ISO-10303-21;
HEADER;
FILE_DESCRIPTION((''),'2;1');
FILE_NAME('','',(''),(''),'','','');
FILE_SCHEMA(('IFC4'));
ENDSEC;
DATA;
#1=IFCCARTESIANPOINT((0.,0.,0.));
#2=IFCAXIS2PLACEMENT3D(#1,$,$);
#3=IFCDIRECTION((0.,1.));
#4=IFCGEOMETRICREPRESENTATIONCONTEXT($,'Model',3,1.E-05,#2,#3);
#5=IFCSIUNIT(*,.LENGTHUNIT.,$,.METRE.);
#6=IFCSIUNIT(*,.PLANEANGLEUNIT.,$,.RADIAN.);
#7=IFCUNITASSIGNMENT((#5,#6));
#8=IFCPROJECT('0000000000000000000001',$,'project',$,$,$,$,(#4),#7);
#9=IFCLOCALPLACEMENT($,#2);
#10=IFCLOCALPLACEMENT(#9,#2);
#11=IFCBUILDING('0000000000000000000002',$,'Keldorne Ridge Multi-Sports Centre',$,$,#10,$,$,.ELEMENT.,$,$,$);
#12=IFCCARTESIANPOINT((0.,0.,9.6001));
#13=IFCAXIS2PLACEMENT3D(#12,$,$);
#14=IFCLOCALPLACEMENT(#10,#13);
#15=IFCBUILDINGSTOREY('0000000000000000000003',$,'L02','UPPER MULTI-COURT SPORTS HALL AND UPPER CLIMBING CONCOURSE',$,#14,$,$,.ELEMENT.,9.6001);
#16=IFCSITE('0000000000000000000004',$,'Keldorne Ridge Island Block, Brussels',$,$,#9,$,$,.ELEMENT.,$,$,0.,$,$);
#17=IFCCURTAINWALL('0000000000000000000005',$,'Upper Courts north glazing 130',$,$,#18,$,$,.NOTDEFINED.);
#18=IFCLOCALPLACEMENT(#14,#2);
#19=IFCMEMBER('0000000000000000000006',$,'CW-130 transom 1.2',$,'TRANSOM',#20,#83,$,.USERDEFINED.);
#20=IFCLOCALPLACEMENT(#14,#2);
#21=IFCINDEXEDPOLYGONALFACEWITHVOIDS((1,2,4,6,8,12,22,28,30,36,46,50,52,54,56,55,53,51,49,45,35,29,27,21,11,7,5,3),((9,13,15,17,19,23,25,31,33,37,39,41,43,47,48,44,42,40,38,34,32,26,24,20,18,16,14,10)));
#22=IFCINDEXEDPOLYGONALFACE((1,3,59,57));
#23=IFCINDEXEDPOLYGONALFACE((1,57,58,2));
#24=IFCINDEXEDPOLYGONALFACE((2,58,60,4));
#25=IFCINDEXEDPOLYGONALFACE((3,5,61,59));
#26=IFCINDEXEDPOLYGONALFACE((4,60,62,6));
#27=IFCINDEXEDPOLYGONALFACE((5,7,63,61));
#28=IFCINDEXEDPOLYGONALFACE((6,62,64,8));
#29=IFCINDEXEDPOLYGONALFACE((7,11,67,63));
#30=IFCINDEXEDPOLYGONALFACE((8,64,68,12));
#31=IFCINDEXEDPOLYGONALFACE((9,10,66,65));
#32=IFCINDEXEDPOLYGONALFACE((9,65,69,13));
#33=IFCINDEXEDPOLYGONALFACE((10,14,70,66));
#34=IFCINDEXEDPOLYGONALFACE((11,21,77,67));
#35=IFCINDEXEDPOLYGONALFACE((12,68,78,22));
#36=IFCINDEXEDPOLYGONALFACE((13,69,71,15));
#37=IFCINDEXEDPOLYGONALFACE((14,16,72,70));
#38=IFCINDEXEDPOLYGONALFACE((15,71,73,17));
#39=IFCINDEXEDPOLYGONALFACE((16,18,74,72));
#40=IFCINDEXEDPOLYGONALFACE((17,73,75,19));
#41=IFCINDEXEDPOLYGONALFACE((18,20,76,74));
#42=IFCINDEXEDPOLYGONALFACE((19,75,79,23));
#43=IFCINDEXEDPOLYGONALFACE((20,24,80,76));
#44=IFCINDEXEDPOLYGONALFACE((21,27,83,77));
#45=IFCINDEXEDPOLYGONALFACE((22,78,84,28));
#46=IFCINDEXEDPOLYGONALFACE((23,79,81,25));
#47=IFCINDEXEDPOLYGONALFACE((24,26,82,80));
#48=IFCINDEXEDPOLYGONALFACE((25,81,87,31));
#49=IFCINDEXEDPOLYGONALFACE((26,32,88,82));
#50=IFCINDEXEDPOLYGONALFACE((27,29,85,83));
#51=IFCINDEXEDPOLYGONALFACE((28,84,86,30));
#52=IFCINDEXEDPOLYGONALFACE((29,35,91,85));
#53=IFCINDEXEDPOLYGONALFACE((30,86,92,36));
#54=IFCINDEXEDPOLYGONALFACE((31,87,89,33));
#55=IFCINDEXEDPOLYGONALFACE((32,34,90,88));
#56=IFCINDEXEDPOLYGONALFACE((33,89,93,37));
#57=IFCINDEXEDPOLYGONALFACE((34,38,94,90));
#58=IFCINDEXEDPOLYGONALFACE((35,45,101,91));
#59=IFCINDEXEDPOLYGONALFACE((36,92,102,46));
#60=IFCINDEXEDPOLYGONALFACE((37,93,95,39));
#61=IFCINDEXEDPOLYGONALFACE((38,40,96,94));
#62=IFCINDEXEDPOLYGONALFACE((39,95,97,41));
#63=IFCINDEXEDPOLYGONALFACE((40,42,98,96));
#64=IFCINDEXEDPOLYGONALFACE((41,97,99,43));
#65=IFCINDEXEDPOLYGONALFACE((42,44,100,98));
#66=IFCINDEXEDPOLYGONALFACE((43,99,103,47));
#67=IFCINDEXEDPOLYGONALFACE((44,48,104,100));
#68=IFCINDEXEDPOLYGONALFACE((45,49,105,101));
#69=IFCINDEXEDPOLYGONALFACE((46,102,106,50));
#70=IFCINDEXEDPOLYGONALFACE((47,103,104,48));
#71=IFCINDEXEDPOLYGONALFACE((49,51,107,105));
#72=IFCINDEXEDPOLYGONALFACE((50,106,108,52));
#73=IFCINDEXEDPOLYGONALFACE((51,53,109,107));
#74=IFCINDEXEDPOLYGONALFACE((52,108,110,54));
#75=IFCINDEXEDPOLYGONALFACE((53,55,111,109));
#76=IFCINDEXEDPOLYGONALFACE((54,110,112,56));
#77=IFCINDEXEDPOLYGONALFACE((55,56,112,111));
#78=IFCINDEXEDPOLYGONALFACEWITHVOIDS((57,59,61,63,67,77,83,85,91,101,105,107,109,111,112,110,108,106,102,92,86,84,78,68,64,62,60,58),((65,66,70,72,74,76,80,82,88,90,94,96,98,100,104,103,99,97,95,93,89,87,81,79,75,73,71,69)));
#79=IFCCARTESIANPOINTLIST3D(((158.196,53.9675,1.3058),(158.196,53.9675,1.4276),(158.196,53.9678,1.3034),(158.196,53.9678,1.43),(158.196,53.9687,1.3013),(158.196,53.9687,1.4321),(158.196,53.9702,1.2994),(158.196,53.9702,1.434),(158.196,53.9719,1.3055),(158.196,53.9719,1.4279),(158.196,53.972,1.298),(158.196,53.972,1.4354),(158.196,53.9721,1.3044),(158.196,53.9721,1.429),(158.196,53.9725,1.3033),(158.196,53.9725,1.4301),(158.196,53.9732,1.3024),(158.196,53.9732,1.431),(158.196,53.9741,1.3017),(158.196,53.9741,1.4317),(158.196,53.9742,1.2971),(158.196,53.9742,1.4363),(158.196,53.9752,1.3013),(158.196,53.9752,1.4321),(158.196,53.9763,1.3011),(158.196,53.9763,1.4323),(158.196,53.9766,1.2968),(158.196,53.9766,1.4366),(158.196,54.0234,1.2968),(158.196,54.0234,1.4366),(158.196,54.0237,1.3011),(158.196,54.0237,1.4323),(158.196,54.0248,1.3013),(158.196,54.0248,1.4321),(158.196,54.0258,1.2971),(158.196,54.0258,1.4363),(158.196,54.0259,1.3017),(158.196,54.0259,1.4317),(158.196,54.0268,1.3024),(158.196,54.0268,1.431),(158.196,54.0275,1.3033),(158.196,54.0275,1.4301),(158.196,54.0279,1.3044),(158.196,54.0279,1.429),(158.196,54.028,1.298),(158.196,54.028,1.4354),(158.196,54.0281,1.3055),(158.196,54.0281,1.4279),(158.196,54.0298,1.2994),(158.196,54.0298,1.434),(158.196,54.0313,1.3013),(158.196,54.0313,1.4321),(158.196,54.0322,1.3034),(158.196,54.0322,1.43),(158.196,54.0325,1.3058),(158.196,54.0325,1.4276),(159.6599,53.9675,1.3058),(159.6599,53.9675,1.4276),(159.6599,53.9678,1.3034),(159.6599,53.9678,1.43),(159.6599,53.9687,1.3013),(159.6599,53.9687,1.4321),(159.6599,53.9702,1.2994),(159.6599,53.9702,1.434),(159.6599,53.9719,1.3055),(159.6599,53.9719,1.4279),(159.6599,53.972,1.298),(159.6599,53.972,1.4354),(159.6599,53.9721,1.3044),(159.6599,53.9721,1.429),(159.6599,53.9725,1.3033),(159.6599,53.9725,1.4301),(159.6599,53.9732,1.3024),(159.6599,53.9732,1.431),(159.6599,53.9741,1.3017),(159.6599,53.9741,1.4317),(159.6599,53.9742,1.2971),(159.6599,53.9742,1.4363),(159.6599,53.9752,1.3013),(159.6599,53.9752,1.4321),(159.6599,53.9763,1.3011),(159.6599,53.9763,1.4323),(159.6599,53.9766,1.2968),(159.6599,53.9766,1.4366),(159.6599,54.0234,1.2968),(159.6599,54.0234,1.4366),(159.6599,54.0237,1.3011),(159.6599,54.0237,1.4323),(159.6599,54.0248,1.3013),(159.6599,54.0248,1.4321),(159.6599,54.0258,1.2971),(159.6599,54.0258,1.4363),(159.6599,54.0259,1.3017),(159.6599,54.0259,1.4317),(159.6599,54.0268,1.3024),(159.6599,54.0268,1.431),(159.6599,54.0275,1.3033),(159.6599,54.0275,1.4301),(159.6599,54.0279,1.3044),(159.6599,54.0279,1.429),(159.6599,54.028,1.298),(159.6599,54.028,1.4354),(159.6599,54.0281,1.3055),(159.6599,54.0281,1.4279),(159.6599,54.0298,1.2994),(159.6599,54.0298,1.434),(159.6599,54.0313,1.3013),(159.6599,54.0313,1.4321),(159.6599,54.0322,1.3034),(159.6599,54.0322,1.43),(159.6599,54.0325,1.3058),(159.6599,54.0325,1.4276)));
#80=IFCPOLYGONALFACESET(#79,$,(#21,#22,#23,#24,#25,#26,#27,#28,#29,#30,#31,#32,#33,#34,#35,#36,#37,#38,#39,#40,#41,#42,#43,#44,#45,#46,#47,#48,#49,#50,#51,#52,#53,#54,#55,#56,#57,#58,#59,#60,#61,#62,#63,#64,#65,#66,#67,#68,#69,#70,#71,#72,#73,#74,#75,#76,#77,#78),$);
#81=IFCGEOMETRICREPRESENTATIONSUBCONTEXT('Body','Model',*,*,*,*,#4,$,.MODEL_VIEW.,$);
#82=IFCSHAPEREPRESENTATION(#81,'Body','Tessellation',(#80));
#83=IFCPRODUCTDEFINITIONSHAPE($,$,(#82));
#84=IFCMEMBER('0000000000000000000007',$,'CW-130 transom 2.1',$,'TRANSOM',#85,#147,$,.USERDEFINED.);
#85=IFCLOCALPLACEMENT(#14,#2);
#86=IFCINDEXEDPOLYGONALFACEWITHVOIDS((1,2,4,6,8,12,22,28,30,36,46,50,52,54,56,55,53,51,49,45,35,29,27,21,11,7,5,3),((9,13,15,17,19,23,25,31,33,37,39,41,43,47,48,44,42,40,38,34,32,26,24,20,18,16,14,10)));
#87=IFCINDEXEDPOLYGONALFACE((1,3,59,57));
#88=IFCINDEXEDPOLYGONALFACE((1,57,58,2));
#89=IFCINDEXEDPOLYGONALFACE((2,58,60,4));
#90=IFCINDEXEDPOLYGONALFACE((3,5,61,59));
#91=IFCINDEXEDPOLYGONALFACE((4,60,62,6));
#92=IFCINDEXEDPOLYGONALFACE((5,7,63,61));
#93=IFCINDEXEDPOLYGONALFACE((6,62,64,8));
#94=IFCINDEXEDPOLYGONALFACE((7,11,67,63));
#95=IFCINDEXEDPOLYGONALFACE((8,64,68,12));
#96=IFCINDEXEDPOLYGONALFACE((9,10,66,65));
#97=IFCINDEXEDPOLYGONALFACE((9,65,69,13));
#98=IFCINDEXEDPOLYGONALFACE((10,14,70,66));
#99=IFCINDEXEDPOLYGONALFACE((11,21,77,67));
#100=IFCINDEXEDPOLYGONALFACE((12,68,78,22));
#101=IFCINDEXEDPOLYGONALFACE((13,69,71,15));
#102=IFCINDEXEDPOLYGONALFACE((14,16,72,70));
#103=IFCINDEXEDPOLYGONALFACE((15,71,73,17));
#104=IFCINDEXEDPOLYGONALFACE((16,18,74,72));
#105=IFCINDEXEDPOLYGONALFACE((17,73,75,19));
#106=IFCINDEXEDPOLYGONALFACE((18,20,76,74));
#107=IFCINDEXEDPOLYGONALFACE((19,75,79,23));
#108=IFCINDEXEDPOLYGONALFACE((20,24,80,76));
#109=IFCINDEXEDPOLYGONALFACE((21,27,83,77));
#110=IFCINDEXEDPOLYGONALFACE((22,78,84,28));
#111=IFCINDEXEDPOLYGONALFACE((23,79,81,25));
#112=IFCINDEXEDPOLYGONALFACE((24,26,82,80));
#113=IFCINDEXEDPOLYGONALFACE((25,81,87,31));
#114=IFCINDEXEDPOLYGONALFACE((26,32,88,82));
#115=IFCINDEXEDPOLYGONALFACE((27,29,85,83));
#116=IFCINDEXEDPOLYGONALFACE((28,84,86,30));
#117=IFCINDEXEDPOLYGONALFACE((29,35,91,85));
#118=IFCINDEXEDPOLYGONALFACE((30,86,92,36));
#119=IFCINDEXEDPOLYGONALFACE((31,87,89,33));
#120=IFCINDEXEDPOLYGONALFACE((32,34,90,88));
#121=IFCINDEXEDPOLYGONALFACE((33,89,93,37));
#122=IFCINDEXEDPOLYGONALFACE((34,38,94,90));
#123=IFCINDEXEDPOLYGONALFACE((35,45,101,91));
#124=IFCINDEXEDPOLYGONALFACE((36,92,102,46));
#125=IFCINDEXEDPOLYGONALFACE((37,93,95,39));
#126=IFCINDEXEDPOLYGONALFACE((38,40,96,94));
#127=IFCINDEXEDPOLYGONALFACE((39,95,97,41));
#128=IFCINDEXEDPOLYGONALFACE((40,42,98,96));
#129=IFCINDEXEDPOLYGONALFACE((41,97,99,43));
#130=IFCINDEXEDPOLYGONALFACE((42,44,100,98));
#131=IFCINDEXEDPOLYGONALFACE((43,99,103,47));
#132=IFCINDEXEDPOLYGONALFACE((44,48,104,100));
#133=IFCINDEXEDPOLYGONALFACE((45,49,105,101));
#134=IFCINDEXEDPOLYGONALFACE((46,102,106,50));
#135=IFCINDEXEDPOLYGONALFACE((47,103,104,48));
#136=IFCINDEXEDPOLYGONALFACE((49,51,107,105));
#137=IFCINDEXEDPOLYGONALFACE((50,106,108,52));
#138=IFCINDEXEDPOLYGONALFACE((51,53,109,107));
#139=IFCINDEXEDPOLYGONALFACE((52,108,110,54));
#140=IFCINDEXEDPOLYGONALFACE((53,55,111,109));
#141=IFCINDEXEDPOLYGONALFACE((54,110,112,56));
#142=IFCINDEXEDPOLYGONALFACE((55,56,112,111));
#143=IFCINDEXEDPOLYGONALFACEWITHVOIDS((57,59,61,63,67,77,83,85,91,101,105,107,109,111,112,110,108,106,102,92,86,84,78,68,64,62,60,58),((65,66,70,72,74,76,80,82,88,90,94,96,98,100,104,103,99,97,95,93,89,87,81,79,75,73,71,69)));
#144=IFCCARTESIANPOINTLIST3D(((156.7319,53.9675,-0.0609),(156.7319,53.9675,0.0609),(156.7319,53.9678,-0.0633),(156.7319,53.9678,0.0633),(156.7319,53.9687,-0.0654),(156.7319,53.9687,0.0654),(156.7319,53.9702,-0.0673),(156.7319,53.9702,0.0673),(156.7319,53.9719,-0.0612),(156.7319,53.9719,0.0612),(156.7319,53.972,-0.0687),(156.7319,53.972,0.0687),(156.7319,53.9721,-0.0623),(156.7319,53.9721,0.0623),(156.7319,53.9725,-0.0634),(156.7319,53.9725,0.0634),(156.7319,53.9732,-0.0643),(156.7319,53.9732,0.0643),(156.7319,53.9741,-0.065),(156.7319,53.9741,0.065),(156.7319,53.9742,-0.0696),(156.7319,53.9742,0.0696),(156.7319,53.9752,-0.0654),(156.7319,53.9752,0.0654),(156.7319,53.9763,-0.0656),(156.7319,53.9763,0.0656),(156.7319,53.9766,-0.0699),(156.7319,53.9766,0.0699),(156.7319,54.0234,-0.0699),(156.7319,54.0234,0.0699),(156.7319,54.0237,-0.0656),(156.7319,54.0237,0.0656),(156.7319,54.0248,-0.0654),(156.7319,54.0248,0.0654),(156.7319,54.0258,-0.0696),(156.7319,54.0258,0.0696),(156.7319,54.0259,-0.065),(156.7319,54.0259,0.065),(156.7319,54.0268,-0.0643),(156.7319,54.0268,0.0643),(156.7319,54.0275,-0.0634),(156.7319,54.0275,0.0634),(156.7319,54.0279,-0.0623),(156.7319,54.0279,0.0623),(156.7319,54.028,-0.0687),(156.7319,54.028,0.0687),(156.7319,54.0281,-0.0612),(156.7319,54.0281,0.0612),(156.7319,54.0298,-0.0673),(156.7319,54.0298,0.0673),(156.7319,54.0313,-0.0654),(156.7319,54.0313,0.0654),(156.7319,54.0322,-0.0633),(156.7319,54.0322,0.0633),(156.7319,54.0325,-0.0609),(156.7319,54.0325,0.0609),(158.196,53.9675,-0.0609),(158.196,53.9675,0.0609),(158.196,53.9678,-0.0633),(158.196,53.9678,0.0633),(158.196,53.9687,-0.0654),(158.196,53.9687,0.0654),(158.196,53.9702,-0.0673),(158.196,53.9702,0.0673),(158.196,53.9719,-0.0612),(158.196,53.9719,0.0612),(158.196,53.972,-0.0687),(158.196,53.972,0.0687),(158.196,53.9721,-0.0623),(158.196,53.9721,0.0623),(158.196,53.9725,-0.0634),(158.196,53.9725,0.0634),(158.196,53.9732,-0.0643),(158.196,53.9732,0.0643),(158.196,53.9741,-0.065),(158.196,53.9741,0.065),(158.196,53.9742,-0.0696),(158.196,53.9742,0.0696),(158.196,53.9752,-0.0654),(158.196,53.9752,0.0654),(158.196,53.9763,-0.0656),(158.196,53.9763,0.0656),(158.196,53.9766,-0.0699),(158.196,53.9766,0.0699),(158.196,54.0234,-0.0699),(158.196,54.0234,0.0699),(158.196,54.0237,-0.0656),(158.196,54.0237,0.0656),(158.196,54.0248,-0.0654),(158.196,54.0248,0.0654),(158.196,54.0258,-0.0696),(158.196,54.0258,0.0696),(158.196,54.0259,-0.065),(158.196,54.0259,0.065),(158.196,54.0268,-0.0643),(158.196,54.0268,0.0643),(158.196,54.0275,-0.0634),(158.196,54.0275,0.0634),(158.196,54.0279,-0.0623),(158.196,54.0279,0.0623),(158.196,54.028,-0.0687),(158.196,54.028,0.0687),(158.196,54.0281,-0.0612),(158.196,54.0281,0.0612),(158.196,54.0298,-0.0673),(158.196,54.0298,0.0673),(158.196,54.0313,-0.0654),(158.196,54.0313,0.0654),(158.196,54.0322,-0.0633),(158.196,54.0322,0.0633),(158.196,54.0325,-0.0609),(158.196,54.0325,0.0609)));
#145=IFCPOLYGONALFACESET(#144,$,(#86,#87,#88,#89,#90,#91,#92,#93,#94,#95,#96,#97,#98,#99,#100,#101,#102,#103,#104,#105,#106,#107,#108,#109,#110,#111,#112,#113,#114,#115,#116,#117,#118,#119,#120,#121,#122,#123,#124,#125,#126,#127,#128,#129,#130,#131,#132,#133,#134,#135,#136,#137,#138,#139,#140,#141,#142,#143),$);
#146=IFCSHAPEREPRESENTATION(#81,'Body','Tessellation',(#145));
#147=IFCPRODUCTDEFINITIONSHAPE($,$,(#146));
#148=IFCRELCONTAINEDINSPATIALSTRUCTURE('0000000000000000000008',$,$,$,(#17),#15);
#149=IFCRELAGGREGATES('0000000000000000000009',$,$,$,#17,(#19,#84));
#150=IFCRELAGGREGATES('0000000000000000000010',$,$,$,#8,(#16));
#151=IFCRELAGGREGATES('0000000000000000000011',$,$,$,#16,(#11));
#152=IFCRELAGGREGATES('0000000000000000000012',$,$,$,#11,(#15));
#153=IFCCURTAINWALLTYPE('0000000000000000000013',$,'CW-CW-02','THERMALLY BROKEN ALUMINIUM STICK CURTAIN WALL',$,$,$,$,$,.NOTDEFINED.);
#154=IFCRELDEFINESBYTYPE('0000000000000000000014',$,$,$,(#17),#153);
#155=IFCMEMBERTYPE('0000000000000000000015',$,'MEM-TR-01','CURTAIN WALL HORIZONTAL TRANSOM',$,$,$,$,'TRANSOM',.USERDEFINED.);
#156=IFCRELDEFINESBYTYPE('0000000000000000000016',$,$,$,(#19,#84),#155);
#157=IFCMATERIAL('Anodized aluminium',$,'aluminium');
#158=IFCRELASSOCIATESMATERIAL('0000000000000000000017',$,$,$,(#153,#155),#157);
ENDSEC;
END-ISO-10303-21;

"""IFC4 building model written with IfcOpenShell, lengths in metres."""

from ifc_helpers import new_model, si_unit, direction, frame, origin, origin_2d, place, context, subcontext, project, spatial, hollow_rectangle, extrude, material, material_profile, profile_set, type_object, element, aggregate, save


model = new_model("IFC4")

# Units and contexts
model_context = context("Model", 3, precision=1e-05, world=origin(), true_north=direction((0.0, 1.0)))
body_context = subcontext(model_context, "Body", "Model", "MODEL_VIEW")
ifc_project = project(units=[si_unit("LENGTHUNIT", "METRE"), si_unit("PLANEANGLEUNIT", "RADIAN")], contexts=[model_context])

# Site, building, storey
site_placement = place(None, origin())
site = spatial("IfcSite", under=ifc_project, at=site_placement, Name="Keldorne Ridge Island Block, Brussels", CompositionType="ELEMENT", RefElevation=0.0)
building_placement = place(site_placement, origin())
building = spatial("IfcBuilding", under=site, at=building_placement, Name="Keldorne Ridge Multi-Sports Centre", CompositionType="ELEMENT")
storey_placement = place(building_placement, frame((0.0, 0.0, 9.6001)))
storey = spatial("IfcBuildingStorey", under=building, at=storey_placement, Name="L02", Description="UPPER MULTI-COURT SPORTS HALL AND UPPER CLIMBING CONCOURSE", CompositionType="ELEMENT", Elevation=9.6001)

# Curtain wall, members
ifc_material_1 = material(Name="Anodized aluminium", Category="aluminium")
curtain_wall_type = type_object("IfcCurtainWallType", Name="CW-CW-02", Description="THERMALLY BROKEN ALUMINIUM STICK CURTAIN WALL", PredefinedType="NOTDEFINED", material=ifc_material_1)
curtain_wall_placement = place(storey_placement, origin())
curtain_wall = element("IfcCurtainWall", 1, at=curtain_wall_placement, inside=storey, type_object=curtain_wall_type, Name="Upper Courts north glazing 130", PredefinedType="NOTDEFINED")
ifc_material_profile_1 = material_profile(ifc_material_1, hollow_rectangle(XDim=0.0649, YDim=0.1399, WallThickness=0.0044, InnerFilletRadius=0.0044, OuterFilletRadius=0.009, at=origin_2d()), Name="ALU TRANSOM 140x65x4.5")
ifc_profile_set_1 = profile_set([ifc_material_profile_1], Name="Anodized aluminium")
member_type_1 = type_object("IfcMemberType", Name="MEM-TR-01", Description="CURTAIN WALL HORIZONTAL TRANSOM", ElementType="TRANSOM", PredefinedType="USERDEFINED", material=ifc_profile_set_1)
member_1_placement = place(storey_placement, frame((159.6599, 54.0, 1.3667), z_axis=(-1.0, 0.0, 0.0), x_axis=(0.0, -1.0, 0.0)))
member_1 = element("IfcMember", 2, at=member_1_placement, type_object=member_type_1, Name="CW-130 transom 1.2", ObjectType="TRANSOM", PredefinedType="USERDEFINED", context=body_context, shape_type="SweptSolid", body=[
    extrude(hollow_rectangle(XDim=0.0649, YDim=0.1399, WallThickness=0.0044, InnerFilletRadius=0.0044, OuterFilletRadius=0.009, at=origin_2d()), origin(), (0.0, 0.0, 1.0), 1.4639),
])
member_2_placement = place(storey_placement, frame((158.196, 54.0, 0.0), z_axis=(-1.0, 0.0, 0.0), x_axis=(0.0, -1.0, 0.0)))
member_2 = element("IfcMember", 3, at=member_2_placement, type_object=member_type_1, Name="CW-130 transom 2.1", ObjectType="TRANSOM", PredefinedType="USERDEFINED", context=body_context, shape_type="SweptSolid", body=[
    extrude(hollow_rectangle(XDim=0.0649, YDim=0.1399, WallThickness=0.0044, InnerFilletRadius=0.0044, OuterFilletRadius=0.009, at=origin_2d()), origin(), (0.0, 0.0, 1.0), 1.4641),
])
aggregate(curtain_wall, [member_1, member_2])

save(model, "model.ifc")
